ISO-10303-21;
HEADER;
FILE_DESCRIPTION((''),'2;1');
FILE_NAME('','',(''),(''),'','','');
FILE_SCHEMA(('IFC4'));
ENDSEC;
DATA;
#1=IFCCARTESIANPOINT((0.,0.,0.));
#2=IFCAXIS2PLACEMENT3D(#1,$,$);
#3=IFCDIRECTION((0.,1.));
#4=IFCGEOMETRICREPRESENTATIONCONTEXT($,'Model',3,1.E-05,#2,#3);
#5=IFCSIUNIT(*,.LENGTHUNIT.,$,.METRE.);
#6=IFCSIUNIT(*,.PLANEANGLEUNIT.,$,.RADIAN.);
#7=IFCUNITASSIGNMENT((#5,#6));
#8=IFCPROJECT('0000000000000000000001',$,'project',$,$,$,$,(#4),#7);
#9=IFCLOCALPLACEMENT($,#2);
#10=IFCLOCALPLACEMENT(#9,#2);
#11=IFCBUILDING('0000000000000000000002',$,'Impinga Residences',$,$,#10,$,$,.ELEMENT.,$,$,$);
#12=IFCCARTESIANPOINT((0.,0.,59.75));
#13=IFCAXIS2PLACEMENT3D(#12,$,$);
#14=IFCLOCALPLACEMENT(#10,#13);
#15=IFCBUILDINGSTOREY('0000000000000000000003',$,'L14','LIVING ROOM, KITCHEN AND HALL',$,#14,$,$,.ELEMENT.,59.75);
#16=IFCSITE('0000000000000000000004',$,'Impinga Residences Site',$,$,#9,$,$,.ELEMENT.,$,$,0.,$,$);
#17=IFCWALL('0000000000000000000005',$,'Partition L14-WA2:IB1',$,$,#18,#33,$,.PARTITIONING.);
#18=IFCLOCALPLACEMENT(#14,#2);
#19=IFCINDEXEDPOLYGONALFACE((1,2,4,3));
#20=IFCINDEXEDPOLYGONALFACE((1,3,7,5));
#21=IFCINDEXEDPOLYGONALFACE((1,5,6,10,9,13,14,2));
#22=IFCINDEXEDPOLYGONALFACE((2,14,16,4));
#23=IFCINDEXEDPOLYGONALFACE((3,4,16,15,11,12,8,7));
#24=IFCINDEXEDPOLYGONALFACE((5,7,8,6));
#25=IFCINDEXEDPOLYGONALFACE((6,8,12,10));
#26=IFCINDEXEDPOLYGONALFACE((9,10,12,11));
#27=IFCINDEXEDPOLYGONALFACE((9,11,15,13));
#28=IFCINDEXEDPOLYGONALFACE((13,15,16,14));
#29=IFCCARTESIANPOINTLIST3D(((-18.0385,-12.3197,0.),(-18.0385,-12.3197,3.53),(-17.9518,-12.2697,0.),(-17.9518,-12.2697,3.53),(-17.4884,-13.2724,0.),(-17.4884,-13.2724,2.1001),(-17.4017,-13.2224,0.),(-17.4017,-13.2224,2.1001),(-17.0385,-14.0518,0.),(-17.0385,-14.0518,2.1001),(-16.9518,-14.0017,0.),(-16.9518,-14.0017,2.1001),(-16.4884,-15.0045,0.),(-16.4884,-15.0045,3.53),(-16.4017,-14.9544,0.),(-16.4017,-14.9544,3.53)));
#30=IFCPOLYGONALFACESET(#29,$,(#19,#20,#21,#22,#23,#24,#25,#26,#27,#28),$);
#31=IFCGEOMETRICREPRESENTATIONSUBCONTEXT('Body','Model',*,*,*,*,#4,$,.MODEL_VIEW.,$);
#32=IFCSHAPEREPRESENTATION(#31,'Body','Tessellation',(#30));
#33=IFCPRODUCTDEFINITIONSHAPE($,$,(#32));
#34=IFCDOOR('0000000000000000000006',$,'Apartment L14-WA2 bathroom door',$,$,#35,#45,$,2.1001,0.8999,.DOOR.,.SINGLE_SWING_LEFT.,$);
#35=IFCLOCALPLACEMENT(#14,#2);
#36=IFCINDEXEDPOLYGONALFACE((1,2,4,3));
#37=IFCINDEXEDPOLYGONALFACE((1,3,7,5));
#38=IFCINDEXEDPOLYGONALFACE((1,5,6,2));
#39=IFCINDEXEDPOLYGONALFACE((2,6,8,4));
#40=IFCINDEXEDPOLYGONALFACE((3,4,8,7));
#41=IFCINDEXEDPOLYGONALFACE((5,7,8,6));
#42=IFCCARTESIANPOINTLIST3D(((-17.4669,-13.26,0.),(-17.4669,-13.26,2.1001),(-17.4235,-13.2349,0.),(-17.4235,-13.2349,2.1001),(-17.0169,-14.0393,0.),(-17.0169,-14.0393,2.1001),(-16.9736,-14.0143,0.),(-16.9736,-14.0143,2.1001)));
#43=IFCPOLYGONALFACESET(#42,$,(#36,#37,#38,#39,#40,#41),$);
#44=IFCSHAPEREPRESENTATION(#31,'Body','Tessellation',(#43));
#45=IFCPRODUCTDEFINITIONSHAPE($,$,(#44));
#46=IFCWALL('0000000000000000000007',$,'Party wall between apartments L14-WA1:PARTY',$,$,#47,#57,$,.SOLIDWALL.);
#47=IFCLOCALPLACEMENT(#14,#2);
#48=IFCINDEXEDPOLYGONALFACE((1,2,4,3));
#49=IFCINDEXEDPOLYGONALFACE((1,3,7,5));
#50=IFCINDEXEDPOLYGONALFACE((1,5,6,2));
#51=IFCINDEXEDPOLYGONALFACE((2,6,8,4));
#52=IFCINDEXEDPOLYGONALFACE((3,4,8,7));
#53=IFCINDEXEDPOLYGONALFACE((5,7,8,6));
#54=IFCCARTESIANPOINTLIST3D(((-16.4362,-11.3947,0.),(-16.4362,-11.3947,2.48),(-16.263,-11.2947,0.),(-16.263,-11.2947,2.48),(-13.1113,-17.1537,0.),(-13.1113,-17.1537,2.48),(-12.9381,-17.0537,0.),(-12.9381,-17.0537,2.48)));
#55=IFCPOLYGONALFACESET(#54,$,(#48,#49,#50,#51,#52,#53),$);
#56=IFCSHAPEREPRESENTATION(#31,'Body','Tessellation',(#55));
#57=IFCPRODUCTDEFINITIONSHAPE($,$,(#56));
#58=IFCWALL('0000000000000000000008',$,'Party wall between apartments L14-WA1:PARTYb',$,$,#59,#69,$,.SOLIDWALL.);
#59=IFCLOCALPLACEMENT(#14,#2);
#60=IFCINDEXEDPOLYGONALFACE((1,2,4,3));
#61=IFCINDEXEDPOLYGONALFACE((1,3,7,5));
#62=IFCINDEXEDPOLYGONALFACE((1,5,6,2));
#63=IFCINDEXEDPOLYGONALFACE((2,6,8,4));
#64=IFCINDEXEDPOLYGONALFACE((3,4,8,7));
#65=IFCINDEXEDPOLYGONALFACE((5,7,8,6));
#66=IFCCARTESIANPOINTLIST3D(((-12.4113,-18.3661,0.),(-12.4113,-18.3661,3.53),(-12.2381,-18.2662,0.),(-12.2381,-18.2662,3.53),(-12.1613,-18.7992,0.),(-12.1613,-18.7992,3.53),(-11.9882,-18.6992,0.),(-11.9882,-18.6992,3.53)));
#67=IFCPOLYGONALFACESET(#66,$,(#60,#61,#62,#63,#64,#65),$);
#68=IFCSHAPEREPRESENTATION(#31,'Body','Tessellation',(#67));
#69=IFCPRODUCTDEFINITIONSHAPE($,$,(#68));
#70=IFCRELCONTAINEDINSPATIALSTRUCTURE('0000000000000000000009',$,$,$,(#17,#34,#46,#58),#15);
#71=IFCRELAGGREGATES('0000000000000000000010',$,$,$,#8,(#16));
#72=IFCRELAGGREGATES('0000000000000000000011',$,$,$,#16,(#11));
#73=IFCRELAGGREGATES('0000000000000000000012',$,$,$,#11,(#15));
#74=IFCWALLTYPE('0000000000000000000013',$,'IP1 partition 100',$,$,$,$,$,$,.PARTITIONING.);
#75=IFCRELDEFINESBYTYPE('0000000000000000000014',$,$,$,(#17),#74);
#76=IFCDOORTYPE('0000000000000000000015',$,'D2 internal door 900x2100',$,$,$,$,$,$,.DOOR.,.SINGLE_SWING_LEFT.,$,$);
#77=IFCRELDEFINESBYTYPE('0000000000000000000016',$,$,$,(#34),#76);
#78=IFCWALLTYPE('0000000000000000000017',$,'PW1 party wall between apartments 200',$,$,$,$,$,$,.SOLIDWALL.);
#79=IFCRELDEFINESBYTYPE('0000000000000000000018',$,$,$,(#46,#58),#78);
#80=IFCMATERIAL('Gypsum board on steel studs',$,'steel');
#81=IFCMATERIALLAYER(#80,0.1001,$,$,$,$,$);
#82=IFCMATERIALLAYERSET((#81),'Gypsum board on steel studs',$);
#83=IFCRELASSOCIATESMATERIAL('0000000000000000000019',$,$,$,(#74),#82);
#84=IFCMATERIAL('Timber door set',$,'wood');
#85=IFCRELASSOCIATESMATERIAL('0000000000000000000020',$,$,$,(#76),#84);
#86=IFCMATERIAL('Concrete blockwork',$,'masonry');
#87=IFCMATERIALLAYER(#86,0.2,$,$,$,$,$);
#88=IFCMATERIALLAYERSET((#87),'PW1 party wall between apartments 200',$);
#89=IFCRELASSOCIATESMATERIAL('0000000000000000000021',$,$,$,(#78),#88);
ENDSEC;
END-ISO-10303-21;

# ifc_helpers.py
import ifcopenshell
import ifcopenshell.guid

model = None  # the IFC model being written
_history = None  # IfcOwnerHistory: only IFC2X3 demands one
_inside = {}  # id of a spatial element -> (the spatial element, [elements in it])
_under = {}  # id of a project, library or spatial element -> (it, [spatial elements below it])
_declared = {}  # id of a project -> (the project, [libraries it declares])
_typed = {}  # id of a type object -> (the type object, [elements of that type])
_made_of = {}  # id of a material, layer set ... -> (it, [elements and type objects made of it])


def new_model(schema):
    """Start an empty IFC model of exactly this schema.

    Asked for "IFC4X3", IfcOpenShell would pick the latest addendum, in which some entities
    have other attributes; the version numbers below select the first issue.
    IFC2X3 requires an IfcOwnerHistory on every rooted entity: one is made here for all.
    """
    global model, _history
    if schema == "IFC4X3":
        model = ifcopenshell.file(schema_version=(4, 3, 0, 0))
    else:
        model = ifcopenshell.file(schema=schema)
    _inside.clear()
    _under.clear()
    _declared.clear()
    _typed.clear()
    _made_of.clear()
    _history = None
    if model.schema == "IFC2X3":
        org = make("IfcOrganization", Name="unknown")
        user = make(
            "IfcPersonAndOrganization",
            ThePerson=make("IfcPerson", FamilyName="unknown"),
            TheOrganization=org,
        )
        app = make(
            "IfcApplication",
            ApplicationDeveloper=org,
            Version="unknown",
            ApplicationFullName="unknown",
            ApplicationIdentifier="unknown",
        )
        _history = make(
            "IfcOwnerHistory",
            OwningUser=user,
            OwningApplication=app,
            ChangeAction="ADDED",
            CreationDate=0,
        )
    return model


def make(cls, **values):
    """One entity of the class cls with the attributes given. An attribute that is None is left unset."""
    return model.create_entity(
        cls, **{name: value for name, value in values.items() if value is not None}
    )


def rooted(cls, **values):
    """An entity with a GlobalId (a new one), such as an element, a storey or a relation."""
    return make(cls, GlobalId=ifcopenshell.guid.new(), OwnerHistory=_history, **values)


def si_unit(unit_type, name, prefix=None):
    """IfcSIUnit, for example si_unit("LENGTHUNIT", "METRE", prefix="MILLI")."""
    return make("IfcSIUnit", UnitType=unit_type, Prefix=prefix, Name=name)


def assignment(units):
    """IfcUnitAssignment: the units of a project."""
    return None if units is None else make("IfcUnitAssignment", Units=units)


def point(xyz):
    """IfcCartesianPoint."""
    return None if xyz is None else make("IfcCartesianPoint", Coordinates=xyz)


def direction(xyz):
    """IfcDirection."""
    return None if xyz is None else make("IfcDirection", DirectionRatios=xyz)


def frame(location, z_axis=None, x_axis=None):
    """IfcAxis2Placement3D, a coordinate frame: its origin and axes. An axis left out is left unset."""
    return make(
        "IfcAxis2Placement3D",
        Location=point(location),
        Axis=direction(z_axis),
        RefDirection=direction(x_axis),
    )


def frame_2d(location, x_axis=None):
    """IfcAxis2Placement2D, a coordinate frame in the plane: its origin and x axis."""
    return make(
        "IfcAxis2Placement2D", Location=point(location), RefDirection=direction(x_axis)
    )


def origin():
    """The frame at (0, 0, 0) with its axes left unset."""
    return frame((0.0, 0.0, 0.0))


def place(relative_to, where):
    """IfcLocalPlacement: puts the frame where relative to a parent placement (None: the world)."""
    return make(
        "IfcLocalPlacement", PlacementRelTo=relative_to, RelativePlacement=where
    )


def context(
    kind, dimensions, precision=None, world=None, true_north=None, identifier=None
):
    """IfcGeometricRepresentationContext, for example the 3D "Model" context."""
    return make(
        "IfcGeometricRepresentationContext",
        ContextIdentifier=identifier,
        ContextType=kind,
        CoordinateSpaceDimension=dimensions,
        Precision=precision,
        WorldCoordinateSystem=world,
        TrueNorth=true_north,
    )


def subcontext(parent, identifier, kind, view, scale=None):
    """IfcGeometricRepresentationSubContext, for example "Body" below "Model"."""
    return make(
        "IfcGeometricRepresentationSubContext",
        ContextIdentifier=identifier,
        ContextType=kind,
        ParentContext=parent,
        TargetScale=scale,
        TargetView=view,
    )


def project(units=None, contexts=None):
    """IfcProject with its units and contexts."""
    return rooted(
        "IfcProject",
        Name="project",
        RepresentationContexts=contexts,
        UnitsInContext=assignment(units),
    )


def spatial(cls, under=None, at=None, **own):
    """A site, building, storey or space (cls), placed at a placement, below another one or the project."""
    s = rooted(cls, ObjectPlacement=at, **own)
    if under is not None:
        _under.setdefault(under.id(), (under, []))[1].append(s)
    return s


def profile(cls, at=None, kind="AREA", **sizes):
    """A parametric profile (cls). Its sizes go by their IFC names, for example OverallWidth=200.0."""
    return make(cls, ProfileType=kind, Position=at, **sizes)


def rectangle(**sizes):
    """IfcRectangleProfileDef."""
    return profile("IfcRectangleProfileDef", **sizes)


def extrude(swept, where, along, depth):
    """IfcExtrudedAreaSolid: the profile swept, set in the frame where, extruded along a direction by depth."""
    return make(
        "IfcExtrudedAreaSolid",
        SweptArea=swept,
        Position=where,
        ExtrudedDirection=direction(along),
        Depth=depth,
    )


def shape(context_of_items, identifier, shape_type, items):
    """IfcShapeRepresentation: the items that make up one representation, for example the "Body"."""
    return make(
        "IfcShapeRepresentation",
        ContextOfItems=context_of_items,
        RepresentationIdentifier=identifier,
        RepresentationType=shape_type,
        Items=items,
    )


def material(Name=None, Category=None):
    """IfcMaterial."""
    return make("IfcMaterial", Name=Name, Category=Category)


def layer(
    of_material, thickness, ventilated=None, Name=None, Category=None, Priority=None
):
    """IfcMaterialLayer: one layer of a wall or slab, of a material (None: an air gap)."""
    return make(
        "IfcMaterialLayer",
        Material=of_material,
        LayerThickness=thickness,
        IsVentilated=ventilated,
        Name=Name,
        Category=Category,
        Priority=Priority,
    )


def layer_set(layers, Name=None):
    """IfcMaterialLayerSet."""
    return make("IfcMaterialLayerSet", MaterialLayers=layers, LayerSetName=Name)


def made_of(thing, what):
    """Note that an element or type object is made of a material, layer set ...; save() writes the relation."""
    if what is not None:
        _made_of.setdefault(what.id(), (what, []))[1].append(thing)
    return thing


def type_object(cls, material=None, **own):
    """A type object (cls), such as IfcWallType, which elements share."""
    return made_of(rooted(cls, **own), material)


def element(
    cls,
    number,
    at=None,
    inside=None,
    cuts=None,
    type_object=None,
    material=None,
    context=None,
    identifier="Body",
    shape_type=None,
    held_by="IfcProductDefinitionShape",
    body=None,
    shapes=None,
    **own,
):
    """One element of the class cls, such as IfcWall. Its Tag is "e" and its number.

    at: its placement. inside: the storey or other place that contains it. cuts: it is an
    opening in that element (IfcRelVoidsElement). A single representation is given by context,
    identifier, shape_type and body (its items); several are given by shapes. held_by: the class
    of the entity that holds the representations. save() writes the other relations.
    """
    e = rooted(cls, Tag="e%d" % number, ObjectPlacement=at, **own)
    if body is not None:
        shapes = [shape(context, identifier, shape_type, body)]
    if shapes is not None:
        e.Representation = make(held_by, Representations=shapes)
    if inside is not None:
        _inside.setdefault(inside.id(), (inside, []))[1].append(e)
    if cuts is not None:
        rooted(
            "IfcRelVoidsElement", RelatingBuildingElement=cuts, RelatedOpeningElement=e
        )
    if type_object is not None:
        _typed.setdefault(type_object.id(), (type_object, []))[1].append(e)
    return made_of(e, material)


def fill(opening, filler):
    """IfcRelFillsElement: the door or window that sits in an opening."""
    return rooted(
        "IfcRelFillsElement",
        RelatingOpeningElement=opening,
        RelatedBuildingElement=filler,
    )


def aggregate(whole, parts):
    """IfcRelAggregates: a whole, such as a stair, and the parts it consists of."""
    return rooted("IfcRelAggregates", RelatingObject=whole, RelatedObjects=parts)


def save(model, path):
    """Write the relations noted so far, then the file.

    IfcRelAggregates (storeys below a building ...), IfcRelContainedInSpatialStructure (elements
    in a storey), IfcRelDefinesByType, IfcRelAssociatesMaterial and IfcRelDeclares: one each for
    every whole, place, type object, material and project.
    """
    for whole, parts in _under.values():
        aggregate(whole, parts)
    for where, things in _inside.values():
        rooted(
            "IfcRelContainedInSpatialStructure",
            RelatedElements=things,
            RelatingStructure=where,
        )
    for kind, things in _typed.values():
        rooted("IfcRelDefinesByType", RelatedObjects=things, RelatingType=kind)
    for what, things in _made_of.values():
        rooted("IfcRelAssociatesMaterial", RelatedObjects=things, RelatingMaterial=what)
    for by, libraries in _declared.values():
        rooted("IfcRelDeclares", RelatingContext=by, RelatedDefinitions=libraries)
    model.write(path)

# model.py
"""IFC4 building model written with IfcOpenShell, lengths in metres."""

from ifc_helpers import new_model, si_unit, direction, frame, frame_2d, origin, place, context, subcontext, project, spatial, rectangle, extrude, material, layer, layer_set, type_object, element, fill, save


model = new_model("IFC4")

# Units and contexts
model_context = context("Model", 3, precision=1e-05, world=origin(), true_north=direction((0.0, 1.0)))
body_context = subcontext(model_context, "Body", "Model", "MODEL_VIEW")
ifc_project = project(units=[si_unit("LENGTHUNIT", "METRE"), si_unit("PLANEANGLEUNIT", "RADIAN")], contexts=[model_context])

# Site, building, storey
site_placement = place(None, origin())
site = spatial("IfcSite", under=ifc_project, at=site_placement, Name="Impinga Residences Site", CompositionType="ELEMENT", RefElevation=0.0)
building_placement = place(site_placement, origin())
building = spatial("IfcBuilding", under=site, at=building_placement, Name="Impinga Residences", CompositionType="ELEMENT")
storey_placement = place(building_placement, frame((0.0, 0.0, 59.75)))
storey = spatial("IfcBuildingStorey", under=building, at=storey_placement, Name="L14", Description="LIVING ROOM, KITCHEN AND HALL", CompositionType="ELEMENT", Elevation=59.75)

# Shared definitions
ifc_material_1 = material(Name="Gypsum board on steel studs", Category="steel")
ifc_layer_1 = layer(ifc_material_1, 0.1001)
ifc_layer_set_1 = layer_set([ifc_layer_1], Name="Gypsum board on steel studs")
wall_type_1 = type_object("IfcWallType", Name="IP1 partition 100", PredefinedType="PARTITIONING", material=ifc_layer_set_1)
ifc_material_2 = material(Name="Timber door set", Category="wood")
door_type = type_object("IfcDoorType", Name="D2 internal door 900x2100", OperationType="SINGLE_SWING_LEFT", PredefinedType="DOOR", material=ifc_material_2)

# Wall, opening, door
wall_1_placement = place(storey_placement, frame((-17.9951, -12.2947, 0.0), z_axis=(0.0, 0.0, 1.0), x_axis=(0.499993, -0.86603, 0.0)))
wall_1 = element("IfcWall", 1, at=wall_1_placement, inside=storey, type_object=wall_type_1, Name="Partition L14-WA2:IB1", PredefinedType="PARTITIONING", context=body_context, shape_type="SweptSolid", body=[
    extrude(rectangle(XDim=3.1001, YDim=0.1001, at=frame_2d((1.55, 0.0))), origin(), (0.0, 0.0, 1.0), 3.53),
])
opening_1_placement = place(wall_1_placement, frame((1.1001, 0.0, 0.0)))
opening_1 = element("IfcOpeningElement", 2, at=opening_1_placement, cuts=wall_1, PredefinedType="OPENING", context=body_context, shape_type="SweptSolid", body=[
    extrude(rectangle(XDim=0.8999, YDim=2.1001, at=frame_2d((0.45, 1.05))), frame((0.0, 0.0601, 0.0), z_axis=(0.0, -1.0, 0.0), x_axis=(1.0, 0.0, 0.0)), (0.0, 0.0, 1.0), 0.1201),
])
door_1_placement = place(opening_1_placement, origin())
door_1 = element("IfcDoor", 3, at=door_1_placement, inside=storey, type_object=door_type, Name="Apartment L14-WA2 bathroom door", OperationType="SINGLE_SWING_LEFT", OverallHeight=2.1001, OverallWidth=0.8999, PredefinedType="DOOR", context=body_context, shape_type="SweptSolid", body=[
    extrude(rectangle(XDim=0.8999, YDim=2.1001, at=frame_2d((0.45, 1.05))), frame((0.0, 0.0249, 0.0), z_axis=(0.0, -1.0, 0.0), x_axis=(1.0, 0.0, 0.0)), (0.0, 0.0, 1.0), 0.05),
])
fill(opening_1, door_1)

# Walls
ifc_material_3 = material(Name="Concrete blockwork", Category="masonry")
ifc_layer_2 = layer(ifc_material_3, 0.2)
ifc_layer_set_2 = layer_set([ifc_layer_2], Name="PW1 party wall between apartments 200")
wall_type_2 = type_object("IfcWallType", Name="PW1 party wall between apartments 200", PredefinedType="SOLIDWALL", material=ifc_layer_set_2)
wall_2_placement = place(storey_placement, frame((-16.3496, -11.3447, 0.0), z_axis=(0.0, 0.0, 1.0), x_axis=(0.499997, -0.866027, 0.0)))
element("IfcWall", 4, at=wall_2_placement, inside=storey, type_object=wall_type_2, Name="Party wall between apartments L14-WA1:PARTY", PredefinedType="SOLIDWALL", context=body_context, shape_type="SweptSolid", body=[
    extrude(rectangle(XDim=6.6499, YDim=0.2, at=frame_2d((3.325, 0.0))), origin(), (0.0, 0.0, 1.0), 2.48),
])
wall_3_placement = place(storey_placement, frame((-12.3247, -18.3162, 0.0), z_axis=(0.0, 0.0, 1.0), x_axis=(0.49992, -0.866072, 0.0)))
element("IfcWall", 5, at=wall_3_placement, inside=storey, type_object=wall_type_2, Name="Party wall between apartments L14-WA1:PARTYb", PredefinedType="SOLIDWALL", context=body_context, shape_type="SweptSolid", body=[
    extrude(rectangle(XDim=0.5, YDim=0.2, at=frame_2d((0.25, 0.0))), origin(), (0.0, 0.0, 1.0), 3.53),
])

save(model, "model.ifc")
